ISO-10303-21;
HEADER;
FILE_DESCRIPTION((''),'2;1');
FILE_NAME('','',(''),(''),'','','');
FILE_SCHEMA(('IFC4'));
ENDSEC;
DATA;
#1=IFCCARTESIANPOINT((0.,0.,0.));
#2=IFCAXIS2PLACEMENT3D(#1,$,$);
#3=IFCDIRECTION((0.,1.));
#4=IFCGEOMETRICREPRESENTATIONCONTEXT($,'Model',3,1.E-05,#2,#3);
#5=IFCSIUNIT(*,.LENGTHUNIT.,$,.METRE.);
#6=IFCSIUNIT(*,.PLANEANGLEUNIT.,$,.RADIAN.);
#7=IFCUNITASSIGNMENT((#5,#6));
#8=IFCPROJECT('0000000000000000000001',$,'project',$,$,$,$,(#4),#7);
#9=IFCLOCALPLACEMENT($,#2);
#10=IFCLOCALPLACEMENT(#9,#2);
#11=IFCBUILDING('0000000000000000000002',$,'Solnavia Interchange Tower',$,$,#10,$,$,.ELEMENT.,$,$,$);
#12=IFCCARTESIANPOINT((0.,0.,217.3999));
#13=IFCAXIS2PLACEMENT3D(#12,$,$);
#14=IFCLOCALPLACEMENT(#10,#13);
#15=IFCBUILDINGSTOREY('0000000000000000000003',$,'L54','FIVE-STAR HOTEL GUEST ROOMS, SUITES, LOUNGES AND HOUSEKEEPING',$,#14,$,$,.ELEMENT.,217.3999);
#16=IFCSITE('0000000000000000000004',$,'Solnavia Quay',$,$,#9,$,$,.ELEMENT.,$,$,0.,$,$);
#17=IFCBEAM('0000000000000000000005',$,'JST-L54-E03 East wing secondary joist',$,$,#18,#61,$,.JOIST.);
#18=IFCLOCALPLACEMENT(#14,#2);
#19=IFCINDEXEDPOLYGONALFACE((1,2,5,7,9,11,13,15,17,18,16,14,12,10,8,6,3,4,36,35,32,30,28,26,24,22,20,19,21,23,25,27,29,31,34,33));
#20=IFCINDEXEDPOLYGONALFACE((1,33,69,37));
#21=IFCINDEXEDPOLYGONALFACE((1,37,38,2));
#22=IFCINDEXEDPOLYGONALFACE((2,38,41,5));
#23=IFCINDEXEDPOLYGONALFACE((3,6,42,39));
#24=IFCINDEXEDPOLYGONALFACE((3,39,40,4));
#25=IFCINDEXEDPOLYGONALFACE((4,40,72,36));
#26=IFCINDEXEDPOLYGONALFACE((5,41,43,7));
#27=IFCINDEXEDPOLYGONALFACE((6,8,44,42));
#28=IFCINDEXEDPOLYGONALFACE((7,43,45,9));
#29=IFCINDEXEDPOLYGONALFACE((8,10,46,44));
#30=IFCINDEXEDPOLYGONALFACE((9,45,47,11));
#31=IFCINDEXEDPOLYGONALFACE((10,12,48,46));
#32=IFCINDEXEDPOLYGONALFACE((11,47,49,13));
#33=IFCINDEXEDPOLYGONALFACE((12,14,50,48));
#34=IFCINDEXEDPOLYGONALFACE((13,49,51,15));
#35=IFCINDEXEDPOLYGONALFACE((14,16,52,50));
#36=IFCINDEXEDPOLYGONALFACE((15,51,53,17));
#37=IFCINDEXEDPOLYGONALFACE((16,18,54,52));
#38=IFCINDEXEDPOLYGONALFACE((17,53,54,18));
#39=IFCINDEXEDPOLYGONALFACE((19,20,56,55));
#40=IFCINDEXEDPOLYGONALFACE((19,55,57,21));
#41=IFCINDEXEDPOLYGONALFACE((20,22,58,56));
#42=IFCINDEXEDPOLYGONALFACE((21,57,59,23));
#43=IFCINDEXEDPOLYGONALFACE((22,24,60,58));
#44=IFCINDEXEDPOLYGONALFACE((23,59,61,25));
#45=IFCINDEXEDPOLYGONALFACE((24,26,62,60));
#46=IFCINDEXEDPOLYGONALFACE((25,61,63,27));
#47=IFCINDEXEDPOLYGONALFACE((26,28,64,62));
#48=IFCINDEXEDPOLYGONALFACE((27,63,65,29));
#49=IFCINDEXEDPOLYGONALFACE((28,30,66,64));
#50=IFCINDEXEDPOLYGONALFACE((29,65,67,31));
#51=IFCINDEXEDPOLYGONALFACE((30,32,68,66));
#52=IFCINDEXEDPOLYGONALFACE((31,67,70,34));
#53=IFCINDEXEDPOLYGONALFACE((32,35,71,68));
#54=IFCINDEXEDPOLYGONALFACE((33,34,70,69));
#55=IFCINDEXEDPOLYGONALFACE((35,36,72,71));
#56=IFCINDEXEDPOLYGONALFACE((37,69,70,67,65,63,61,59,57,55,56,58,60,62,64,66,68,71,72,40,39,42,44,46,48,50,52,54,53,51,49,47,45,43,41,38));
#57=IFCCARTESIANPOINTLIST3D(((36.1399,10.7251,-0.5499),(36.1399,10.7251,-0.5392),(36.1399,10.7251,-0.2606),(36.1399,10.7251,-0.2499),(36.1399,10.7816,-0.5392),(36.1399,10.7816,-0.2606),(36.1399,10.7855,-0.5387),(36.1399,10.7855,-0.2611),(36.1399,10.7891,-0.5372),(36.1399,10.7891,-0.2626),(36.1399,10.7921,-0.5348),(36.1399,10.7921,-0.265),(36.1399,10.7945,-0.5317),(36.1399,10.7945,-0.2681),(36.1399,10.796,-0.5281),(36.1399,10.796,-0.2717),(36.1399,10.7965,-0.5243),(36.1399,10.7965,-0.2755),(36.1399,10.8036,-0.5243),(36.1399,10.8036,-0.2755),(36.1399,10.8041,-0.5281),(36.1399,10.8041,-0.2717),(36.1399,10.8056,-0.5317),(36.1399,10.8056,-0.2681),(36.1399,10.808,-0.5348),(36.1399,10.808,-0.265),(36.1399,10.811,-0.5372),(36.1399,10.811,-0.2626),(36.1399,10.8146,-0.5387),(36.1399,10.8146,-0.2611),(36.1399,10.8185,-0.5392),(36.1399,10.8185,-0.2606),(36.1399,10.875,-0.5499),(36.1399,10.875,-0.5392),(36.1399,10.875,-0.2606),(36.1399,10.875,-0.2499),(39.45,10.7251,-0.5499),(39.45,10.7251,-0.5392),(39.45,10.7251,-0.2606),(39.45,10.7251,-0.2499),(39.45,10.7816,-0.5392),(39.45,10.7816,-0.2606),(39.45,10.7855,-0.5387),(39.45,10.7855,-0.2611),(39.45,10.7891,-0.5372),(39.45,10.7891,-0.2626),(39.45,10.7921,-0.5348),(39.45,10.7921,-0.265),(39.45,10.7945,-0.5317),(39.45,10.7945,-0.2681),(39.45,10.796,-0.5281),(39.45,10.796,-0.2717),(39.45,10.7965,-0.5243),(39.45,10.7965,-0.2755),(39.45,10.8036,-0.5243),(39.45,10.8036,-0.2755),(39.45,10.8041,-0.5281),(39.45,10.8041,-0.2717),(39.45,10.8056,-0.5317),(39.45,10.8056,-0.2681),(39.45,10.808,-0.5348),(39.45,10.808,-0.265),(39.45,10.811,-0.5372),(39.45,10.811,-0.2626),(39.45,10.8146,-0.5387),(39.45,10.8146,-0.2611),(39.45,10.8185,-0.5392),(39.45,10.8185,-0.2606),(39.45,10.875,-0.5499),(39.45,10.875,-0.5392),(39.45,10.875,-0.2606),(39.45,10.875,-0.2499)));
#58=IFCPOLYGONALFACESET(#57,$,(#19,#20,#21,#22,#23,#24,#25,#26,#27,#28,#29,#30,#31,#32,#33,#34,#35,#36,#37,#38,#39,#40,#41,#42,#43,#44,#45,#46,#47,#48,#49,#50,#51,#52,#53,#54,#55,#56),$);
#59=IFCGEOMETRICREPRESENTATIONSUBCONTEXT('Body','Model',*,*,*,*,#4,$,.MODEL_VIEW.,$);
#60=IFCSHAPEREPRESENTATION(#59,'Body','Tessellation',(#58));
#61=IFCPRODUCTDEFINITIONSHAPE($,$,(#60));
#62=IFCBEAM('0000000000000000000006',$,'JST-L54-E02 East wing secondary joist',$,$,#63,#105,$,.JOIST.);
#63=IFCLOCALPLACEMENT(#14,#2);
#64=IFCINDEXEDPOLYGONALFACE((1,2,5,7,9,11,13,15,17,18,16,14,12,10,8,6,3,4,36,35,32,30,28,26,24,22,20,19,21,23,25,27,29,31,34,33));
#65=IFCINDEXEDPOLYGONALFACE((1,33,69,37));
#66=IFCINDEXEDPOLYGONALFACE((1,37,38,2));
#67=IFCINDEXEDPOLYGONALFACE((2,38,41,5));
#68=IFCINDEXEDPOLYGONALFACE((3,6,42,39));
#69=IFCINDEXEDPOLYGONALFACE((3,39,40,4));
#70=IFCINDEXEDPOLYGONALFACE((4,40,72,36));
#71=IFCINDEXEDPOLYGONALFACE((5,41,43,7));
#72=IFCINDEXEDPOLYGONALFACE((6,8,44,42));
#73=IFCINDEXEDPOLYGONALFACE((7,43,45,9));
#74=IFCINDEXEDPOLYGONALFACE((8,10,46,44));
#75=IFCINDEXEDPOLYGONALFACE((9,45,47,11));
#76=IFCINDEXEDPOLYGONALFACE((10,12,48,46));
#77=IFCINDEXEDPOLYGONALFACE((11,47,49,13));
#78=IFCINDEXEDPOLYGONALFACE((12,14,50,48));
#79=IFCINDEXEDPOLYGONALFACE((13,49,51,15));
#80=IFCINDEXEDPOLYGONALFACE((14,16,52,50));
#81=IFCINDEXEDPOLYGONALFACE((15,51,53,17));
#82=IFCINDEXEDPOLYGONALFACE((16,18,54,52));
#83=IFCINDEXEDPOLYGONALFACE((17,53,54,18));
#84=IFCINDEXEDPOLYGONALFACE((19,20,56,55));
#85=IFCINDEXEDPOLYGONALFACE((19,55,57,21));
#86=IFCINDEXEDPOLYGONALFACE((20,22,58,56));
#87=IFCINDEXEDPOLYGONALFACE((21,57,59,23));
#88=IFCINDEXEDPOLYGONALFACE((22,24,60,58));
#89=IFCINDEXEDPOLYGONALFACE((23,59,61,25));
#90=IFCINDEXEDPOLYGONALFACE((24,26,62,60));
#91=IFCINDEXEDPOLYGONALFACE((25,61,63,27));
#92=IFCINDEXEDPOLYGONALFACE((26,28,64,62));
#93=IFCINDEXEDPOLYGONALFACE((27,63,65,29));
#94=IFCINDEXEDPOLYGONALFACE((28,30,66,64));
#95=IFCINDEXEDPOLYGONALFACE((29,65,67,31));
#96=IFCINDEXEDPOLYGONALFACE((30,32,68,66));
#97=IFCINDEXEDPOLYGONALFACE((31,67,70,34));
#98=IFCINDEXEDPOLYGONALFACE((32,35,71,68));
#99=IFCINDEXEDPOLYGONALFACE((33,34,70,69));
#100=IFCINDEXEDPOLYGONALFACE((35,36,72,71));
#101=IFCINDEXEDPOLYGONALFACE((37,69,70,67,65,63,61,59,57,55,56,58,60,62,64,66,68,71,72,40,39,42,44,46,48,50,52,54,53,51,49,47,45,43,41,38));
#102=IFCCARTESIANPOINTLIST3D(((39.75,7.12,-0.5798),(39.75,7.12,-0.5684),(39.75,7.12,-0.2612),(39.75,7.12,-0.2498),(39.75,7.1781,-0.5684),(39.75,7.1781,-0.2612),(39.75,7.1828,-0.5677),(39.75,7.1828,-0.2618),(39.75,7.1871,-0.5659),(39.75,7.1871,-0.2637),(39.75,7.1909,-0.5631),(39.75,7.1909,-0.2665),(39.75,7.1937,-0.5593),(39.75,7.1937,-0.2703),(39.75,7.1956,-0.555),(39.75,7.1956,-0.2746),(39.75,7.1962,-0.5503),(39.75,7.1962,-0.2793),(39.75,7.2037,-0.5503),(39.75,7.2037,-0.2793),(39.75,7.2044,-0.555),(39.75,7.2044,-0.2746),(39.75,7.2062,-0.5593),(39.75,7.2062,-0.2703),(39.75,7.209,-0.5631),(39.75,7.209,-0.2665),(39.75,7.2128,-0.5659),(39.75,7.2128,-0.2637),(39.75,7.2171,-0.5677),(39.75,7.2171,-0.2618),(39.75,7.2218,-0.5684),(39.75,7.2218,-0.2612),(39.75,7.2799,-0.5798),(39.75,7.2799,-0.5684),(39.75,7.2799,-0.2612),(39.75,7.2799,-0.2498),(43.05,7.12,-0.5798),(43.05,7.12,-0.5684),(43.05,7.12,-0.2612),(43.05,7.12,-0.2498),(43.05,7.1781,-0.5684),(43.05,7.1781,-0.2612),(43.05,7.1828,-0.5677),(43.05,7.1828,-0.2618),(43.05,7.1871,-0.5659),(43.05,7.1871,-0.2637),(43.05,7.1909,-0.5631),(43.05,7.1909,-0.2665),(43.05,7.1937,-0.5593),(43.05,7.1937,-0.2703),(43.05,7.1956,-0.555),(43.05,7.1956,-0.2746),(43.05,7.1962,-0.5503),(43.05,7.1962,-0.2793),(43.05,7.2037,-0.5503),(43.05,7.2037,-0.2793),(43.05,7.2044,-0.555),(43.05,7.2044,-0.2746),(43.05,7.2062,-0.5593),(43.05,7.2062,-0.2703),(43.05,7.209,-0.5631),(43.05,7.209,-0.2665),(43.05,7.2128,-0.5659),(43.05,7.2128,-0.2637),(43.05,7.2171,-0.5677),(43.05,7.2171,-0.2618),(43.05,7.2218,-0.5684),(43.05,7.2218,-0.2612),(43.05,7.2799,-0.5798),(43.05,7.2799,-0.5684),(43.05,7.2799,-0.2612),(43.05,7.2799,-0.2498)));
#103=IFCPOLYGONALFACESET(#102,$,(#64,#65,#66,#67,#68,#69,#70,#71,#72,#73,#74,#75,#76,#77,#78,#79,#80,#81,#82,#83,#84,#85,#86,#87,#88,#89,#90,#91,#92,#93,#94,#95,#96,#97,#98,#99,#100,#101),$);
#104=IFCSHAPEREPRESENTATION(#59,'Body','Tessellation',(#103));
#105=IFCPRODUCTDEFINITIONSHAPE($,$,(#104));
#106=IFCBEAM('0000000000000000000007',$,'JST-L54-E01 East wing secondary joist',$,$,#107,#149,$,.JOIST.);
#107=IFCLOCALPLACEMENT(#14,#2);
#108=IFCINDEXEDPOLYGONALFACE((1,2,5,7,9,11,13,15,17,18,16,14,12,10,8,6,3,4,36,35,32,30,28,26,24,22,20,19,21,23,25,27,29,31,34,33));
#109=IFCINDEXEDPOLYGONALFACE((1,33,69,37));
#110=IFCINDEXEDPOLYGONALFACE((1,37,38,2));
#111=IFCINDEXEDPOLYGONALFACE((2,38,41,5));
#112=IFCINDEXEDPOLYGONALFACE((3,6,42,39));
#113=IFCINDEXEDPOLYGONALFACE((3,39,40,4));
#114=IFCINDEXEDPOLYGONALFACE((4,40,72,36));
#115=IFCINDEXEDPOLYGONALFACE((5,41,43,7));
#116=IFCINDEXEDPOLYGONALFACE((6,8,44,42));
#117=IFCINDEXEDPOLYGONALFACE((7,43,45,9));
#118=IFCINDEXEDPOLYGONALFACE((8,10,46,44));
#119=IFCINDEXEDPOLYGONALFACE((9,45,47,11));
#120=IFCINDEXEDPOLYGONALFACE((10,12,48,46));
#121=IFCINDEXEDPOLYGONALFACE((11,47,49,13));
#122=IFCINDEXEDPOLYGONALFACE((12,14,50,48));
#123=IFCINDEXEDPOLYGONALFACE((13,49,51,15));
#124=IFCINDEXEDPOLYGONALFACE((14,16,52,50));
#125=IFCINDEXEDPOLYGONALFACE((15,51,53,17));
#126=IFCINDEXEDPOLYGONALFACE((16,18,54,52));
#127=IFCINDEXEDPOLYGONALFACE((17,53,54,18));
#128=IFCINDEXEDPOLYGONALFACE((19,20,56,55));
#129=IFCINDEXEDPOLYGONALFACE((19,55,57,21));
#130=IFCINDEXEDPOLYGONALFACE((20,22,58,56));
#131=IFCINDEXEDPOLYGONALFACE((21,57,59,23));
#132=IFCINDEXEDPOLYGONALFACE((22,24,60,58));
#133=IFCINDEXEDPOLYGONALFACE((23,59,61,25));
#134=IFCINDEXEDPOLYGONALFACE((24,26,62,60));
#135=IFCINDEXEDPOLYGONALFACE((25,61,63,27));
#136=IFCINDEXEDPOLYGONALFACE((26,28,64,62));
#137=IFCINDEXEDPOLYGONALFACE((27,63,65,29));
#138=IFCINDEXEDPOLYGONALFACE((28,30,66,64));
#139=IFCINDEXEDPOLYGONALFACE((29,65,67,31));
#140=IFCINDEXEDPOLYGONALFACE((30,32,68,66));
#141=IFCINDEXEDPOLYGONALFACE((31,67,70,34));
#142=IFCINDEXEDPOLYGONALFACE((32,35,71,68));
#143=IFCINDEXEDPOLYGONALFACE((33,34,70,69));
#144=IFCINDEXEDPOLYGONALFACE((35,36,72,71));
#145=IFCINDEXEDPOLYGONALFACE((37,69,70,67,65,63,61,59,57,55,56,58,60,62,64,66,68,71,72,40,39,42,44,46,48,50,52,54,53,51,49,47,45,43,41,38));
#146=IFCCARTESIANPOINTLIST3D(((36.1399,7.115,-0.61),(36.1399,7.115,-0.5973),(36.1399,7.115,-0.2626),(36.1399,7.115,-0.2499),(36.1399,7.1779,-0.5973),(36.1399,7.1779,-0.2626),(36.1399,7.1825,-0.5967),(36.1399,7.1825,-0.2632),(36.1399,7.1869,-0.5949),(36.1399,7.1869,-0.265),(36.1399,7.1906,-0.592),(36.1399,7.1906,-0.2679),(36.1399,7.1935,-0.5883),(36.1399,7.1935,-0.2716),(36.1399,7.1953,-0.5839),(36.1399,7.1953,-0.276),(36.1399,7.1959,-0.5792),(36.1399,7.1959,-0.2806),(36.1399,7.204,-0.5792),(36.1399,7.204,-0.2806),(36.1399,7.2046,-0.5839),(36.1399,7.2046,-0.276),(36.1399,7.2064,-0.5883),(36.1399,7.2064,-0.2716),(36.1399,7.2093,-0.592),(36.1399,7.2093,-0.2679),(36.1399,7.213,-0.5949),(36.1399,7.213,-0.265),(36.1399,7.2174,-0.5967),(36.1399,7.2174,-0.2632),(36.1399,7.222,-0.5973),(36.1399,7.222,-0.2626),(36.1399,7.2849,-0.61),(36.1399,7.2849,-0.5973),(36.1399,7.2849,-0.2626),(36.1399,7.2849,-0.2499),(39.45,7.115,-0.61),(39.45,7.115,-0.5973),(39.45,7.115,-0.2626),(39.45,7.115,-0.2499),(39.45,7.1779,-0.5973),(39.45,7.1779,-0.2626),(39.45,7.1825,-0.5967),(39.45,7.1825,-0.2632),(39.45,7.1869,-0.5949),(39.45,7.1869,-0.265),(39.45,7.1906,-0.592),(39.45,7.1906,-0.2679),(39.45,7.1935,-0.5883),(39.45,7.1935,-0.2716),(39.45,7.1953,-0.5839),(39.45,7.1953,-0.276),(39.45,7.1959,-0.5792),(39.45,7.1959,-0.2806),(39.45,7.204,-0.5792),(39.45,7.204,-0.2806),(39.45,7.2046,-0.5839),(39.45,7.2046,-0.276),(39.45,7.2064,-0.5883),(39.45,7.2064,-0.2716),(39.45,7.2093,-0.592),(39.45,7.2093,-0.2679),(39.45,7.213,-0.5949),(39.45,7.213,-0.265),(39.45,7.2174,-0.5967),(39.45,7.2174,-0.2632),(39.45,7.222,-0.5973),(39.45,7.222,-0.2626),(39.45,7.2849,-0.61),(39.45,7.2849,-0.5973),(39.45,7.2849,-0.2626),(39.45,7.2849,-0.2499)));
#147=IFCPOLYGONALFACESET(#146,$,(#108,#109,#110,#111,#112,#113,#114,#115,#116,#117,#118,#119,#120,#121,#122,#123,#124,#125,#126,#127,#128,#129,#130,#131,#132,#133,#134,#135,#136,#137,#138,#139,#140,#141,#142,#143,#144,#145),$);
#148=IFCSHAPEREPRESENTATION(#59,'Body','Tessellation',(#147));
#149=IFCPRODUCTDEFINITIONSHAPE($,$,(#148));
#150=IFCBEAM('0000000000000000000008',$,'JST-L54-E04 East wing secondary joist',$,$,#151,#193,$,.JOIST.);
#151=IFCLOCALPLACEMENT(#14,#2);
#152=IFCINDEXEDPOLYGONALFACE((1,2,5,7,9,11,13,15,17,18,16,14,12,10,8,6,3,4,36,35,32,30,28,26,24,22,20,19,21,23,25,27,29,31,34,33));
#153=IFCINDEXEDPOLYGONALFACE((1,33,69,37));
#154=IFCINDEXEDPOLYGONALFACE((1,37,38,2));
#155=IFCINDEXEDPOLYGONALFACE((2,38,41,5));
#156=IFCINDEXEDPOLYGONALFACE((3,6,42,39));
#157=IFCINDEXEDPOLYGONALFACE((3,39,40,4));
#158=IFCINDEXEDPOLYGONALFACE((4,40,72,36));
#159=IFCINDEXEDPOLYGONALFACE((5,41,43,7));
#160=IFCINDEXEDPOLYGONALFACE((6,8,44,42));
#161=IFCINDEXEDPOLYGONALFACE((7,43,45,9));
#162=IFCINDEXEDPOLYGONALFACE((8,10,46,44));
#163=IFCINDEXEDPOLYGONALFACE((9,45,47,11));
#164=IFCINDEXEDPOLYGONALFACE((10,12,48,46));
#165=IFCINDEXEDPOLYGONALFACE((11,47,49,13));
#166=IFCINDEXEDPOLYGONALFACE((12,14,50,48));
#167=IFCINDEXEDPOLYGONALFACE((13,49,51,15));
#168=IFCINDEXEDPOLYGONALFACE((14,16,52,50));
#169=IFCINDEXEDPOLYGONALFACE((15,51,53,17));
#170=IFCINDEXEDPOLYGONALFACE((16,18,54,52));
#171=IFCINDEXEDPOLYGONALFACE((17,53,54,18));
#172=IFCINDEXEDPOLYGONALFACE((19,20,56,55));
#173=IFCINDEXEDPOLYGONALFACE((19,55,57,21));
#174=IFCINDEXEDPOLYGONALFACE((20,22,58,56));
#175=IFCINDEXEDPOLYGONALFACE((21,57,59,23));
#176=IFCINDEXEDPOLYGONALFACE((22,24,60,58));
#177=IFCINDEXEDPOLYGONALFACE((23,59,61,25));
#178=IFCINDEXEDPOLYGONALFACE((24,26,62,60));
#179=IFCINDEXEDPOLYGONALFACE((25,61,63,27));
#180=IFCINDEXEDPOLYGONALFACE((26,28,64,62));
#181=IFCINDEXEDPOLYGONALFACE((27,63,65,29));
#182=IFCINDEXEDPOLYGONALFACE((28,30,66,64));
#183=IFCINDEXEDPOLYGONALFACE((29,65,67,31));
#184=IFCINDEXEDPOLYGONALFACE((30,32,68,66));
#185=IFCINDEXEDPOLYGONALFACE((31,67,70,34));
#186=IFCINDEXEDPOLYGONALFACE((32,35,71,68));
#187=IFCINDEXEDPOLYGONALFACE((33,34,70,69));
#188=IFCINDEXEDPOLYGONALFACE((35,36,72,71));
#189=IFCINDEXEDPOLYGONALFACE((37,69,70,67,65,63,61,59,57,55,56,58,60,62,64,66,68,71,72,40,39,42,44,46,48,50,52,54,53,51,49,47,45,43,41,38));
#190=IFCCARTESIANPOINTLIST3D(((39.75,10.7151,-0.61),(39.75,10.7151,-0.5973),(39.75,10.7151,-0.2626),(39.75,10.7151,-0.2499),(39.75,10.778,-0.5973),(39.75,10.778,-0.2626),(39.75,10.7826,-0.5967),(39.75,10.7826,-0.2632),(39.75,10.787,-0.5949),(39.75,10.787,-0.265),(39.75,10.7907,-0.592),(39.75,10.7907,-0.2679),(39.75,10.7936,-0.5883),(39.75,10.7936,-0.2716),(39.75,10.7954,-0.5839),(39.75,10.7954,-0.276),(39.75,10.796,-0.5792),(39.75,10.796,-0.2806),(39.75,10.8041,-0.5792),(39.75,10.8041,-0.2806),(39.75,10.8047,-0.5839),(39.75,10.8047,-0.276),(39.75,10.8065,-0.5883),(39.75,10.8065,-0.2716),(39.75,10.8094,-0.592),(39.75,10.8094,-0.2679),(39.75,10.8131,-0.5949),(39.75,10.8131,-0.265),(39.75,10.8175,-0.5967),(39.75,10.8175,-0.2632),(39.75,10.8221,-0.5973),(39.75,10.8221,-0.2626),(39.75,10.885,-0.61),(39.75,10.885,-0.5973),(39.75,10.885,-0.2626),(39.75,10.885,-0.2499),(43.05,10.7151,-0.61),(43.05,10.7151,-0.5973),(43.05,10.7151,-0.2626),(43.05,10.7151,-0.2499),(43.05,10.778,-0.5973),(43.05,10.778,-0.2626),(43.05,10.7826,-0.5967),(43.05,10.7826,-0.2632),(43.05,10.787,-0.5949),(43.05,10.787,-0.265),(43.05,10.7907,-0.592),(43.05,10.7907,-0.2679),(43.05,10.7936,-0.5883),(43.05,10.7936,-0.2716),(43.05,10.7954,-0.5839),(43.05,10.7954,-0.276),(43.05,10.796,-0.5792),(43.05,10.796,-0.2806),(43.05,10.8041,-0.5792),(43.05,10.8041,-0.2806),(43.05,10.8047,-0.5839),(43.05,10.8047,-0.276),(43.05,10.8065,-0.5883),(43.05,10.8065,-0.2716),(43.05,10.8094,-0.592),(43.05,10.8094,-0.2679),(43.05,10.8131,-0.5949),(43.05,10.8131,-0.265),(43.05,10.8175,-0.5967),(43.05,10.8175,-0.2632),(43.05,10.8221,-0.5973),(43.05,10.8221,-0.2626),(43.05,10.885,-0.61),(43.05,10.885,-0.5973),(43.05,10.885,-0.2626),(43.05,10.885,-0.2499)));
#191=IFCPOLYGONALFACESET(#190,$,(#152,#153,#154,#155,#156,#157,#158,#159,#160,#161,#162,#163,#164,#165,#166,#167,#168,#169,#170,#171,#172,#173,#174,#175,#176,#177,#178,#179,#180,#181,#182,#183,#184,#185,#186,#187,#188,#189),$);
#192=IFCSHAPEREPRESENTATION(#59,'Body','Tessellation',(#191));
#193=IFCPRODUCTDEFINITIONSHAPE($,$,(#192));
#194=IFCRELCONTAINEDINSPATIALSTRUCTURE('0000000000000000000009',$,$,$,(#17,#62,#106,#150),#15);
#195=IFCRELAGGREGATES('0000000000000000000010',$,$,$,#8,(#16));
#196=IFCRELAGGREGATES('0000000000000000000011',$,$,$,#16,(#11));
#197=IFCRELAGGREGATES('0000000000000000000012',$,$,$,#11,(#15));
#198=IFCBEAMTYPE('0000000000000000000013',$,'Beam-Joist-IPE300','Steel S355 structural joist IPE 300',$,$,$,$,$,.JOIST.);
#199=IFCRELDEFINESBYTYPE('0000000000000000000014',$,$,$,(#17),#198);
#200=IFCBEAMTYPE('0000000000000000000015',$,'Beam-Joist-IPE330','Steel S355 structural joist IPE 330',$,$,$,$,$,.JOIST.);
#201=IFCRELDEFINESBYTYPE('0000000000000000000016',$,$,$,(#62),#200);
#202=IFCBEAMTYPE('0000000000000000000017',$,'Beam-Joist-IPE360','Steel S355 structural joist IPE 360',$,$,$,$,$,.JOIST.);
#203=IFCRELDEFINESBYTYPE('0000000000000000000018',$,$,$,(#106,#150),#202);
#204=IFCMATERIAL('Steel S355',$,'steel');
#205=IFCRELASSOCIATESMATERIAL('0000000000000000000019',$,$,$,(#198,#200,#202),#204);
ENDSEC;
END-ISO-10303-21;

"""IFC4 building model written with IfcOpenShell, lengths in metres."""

from ifc_helpers import new_model, si_unit, direction, frame, origin, origin_2d, place, context, subcontext, project, spatial, i_section, extrude, material, material_profile, profile_set, type_object, element, save


model = new_model("IFC4")

# Units and contexts
model_context = context("Model", 3, precision=1e-05, world=origin(), true_north=direction((0.0, 1.0)))
body_context = subcontext(model_context, "Body", "Model", "MODEL_VIEW")
ifc_project = project(units=[si_unit("LENGTHUNIT", "METRE"), si_unit("PLANEANGLEUNIT", "RADIAN")], contexts=[model_context])

# Site, building, storey
site_placement = place(None, origin())
site = spatial("IfcSite", under=ifc_project, at=site_placement, Name="Solnavia Quay", CompositionType="ELEMENT", RefElevation=0.0)
building_placement = place(site_placement, origin())
building = spatial("IfcBuilding", under=site, at=building_placement, Name="Solnavia Interchange Tower", CompositionType="ELEMENT")
storey_placement = place(building_placement, frame((0.0, 0.0, 217.3999)))
storey = spatial("IfcBuildingStorey", under=building, at=storey_placement, Name="L54", Description="FIVE-STAR HOTEL GUEST ROOMS, SUITES, LOUNGES AND HOUSEKEEPING", CompositionType="ELEMENT", Elevation=217.3999)

# Beams
ifc_material_1 = material(Name="Steel S355", Category="steel")
ifc_material_profile_1 = material_profile(ifc_material_1, i_section(OverallWidth=0.1499, OverallDepth=0.3, WebThickness=0.0071, FlangeThickness=0.0107, FilletRadius=0.0149, at=origin_2d()), Name="IPE 300")
ifc_profile_set_1 = profile_set([ifc_material_profile_1], Name="Steel S355")
beam_type_1 = type_object("IfcBeamType", Name="Beam-Joist-IPE300", Description="Steel S355 structural joist IPE 300", PredefinedType="JOIST", material=ifc_profile_set_1)
beam_1_placement = place(storey_placement, frame((36.1399, 10.8, -0.3999), z_axis=(1.0, 0.0, 0.0), x_axis=(0.0, 1.0, 0.0)))
element("IfcBeam", 1, at=beam_1_placement, inside=storey, type_object=beam_type_1, Name="JST-L54-E03 East wing secondary joist", PredefinedType="JOIST", context=body_context, shape_type="SweptSolid", body=[
    extrude(i_section(OverallWidth=0.1499, OverallDepth=0.3, WebThickness=0.0071, FlangeThickness=0.0107, FilletRadius=0.0149, at=origin_2d()), origin(), (0.0, 0.0, 1.0), 3.3101),
])
ifc_material_profile_2 = material_profile(ifc_material_1, i_section(OverallWidth=0.1599, OverallDepth=0.3301, WebThickness=0.0076, FlangeThickness=0.0115, FilletRadius=0.0181, at=origin_2d()), Name="IPE 330")
ifc_profile_set_2 = profile_set([ifc_material_profile_2], Name="Steel S355")
beam_type_2 = type_object("IfcBeamType", Name="Beam-Joist-IPE330", Description="Steel S355 structural joist IPE 330", PredefinedType="JOIST", material=ifc_profile_set_2)
beam_2_placement = place(storey_placement, frame((39.75, 7.2, -0.4148), z_axis=(1.0, 0.0, 0.0), x_axis=(0.0, 1.0, 0.0)))
element("IfcBeam", 2, at=beam_2_placement, inside=storey, type_object=beam_type_2, Name="JST-L54-E02 East wing secondary joist", PredefinedType="JOIST", context=body_context, shape_type="SweptSolid", body=[
    extrude(i_section(OverallWidth=0.1599, OverallDepth=0.3301, WebThickness=0.0076, FlangeThickness=0.0115, FilletRadius=0.0181, at=origin_2d()), origin(), (0.0, 0.0, 1.0), 3.3),
])
ifc_material_profile_3 = material_profile(ifc_material_1, i_section(OverallWidth=0.1699, OverallDepth=0.3601, WebThickness=0.0081, FlangeThickness=0.0127, FilletRadius=0.0181, at=origin_2d()), Name="IPE 360")
ifc_profile_set_3 = profile_set([ifc_material_profile_3], Name="Steel S355")
beam_type_3 = type_object("IfcBeamType", Name="Beam-Joist-IPE360", Description="Steel S355 structural joist IPE 360", PredefinedType="JOIST", material=ifc_profile_set_3)
beam_3_placement = place(storey_placement, frame((36.1399, 7.2, -0.4299), z_axis=(1.0, 0.0, 0.0), x_axis=(0.0, 1.0, 0.0)))
element("IfcBeam", 3, at=beam_3_placement, inside=storey, type_object=beam_type_3, Name="JST-L54-E01 East wing secondary joist", PredefinedType="JOIST", context=body_context, shape_type="SweptSolid", body=[
    extrude(i_section(OverallWidth=0.1699, OverallDepth=0.3601, WebThickness=0.0081, FlangeThickness=0.0127, FilletRadius=0.0181, at=origin_2d()), origin(), (0.0, 0.0, 1.0), 3.3101),
])
beam_4_placement = place(storey_placement, frame((39.75, 10.8, -0.4299), z_axis=(1.0, 0.0, 0.0), x_axis=(0.0, 1.0, 0.0)))
element("IfcBeam", 4, at=beam_4_placement, inside=storey, type_object=beam_type_3, Name="JST-L54-E04 East wing secondary joist", PredefinedType="JOIST", context=body_context, shape_type="SweptSolid", body=[
    extrude(i_section(OverallWidth=0.1699, OverallDepth=0.3601, WebThickness=0.0081, FlangeThickness=0.0127, FilletRadius=0.0181, at=origin_2d()), origin(), (0.0, 0.0, 1.0), 3.3),
])

save(model, "model.ifc")
